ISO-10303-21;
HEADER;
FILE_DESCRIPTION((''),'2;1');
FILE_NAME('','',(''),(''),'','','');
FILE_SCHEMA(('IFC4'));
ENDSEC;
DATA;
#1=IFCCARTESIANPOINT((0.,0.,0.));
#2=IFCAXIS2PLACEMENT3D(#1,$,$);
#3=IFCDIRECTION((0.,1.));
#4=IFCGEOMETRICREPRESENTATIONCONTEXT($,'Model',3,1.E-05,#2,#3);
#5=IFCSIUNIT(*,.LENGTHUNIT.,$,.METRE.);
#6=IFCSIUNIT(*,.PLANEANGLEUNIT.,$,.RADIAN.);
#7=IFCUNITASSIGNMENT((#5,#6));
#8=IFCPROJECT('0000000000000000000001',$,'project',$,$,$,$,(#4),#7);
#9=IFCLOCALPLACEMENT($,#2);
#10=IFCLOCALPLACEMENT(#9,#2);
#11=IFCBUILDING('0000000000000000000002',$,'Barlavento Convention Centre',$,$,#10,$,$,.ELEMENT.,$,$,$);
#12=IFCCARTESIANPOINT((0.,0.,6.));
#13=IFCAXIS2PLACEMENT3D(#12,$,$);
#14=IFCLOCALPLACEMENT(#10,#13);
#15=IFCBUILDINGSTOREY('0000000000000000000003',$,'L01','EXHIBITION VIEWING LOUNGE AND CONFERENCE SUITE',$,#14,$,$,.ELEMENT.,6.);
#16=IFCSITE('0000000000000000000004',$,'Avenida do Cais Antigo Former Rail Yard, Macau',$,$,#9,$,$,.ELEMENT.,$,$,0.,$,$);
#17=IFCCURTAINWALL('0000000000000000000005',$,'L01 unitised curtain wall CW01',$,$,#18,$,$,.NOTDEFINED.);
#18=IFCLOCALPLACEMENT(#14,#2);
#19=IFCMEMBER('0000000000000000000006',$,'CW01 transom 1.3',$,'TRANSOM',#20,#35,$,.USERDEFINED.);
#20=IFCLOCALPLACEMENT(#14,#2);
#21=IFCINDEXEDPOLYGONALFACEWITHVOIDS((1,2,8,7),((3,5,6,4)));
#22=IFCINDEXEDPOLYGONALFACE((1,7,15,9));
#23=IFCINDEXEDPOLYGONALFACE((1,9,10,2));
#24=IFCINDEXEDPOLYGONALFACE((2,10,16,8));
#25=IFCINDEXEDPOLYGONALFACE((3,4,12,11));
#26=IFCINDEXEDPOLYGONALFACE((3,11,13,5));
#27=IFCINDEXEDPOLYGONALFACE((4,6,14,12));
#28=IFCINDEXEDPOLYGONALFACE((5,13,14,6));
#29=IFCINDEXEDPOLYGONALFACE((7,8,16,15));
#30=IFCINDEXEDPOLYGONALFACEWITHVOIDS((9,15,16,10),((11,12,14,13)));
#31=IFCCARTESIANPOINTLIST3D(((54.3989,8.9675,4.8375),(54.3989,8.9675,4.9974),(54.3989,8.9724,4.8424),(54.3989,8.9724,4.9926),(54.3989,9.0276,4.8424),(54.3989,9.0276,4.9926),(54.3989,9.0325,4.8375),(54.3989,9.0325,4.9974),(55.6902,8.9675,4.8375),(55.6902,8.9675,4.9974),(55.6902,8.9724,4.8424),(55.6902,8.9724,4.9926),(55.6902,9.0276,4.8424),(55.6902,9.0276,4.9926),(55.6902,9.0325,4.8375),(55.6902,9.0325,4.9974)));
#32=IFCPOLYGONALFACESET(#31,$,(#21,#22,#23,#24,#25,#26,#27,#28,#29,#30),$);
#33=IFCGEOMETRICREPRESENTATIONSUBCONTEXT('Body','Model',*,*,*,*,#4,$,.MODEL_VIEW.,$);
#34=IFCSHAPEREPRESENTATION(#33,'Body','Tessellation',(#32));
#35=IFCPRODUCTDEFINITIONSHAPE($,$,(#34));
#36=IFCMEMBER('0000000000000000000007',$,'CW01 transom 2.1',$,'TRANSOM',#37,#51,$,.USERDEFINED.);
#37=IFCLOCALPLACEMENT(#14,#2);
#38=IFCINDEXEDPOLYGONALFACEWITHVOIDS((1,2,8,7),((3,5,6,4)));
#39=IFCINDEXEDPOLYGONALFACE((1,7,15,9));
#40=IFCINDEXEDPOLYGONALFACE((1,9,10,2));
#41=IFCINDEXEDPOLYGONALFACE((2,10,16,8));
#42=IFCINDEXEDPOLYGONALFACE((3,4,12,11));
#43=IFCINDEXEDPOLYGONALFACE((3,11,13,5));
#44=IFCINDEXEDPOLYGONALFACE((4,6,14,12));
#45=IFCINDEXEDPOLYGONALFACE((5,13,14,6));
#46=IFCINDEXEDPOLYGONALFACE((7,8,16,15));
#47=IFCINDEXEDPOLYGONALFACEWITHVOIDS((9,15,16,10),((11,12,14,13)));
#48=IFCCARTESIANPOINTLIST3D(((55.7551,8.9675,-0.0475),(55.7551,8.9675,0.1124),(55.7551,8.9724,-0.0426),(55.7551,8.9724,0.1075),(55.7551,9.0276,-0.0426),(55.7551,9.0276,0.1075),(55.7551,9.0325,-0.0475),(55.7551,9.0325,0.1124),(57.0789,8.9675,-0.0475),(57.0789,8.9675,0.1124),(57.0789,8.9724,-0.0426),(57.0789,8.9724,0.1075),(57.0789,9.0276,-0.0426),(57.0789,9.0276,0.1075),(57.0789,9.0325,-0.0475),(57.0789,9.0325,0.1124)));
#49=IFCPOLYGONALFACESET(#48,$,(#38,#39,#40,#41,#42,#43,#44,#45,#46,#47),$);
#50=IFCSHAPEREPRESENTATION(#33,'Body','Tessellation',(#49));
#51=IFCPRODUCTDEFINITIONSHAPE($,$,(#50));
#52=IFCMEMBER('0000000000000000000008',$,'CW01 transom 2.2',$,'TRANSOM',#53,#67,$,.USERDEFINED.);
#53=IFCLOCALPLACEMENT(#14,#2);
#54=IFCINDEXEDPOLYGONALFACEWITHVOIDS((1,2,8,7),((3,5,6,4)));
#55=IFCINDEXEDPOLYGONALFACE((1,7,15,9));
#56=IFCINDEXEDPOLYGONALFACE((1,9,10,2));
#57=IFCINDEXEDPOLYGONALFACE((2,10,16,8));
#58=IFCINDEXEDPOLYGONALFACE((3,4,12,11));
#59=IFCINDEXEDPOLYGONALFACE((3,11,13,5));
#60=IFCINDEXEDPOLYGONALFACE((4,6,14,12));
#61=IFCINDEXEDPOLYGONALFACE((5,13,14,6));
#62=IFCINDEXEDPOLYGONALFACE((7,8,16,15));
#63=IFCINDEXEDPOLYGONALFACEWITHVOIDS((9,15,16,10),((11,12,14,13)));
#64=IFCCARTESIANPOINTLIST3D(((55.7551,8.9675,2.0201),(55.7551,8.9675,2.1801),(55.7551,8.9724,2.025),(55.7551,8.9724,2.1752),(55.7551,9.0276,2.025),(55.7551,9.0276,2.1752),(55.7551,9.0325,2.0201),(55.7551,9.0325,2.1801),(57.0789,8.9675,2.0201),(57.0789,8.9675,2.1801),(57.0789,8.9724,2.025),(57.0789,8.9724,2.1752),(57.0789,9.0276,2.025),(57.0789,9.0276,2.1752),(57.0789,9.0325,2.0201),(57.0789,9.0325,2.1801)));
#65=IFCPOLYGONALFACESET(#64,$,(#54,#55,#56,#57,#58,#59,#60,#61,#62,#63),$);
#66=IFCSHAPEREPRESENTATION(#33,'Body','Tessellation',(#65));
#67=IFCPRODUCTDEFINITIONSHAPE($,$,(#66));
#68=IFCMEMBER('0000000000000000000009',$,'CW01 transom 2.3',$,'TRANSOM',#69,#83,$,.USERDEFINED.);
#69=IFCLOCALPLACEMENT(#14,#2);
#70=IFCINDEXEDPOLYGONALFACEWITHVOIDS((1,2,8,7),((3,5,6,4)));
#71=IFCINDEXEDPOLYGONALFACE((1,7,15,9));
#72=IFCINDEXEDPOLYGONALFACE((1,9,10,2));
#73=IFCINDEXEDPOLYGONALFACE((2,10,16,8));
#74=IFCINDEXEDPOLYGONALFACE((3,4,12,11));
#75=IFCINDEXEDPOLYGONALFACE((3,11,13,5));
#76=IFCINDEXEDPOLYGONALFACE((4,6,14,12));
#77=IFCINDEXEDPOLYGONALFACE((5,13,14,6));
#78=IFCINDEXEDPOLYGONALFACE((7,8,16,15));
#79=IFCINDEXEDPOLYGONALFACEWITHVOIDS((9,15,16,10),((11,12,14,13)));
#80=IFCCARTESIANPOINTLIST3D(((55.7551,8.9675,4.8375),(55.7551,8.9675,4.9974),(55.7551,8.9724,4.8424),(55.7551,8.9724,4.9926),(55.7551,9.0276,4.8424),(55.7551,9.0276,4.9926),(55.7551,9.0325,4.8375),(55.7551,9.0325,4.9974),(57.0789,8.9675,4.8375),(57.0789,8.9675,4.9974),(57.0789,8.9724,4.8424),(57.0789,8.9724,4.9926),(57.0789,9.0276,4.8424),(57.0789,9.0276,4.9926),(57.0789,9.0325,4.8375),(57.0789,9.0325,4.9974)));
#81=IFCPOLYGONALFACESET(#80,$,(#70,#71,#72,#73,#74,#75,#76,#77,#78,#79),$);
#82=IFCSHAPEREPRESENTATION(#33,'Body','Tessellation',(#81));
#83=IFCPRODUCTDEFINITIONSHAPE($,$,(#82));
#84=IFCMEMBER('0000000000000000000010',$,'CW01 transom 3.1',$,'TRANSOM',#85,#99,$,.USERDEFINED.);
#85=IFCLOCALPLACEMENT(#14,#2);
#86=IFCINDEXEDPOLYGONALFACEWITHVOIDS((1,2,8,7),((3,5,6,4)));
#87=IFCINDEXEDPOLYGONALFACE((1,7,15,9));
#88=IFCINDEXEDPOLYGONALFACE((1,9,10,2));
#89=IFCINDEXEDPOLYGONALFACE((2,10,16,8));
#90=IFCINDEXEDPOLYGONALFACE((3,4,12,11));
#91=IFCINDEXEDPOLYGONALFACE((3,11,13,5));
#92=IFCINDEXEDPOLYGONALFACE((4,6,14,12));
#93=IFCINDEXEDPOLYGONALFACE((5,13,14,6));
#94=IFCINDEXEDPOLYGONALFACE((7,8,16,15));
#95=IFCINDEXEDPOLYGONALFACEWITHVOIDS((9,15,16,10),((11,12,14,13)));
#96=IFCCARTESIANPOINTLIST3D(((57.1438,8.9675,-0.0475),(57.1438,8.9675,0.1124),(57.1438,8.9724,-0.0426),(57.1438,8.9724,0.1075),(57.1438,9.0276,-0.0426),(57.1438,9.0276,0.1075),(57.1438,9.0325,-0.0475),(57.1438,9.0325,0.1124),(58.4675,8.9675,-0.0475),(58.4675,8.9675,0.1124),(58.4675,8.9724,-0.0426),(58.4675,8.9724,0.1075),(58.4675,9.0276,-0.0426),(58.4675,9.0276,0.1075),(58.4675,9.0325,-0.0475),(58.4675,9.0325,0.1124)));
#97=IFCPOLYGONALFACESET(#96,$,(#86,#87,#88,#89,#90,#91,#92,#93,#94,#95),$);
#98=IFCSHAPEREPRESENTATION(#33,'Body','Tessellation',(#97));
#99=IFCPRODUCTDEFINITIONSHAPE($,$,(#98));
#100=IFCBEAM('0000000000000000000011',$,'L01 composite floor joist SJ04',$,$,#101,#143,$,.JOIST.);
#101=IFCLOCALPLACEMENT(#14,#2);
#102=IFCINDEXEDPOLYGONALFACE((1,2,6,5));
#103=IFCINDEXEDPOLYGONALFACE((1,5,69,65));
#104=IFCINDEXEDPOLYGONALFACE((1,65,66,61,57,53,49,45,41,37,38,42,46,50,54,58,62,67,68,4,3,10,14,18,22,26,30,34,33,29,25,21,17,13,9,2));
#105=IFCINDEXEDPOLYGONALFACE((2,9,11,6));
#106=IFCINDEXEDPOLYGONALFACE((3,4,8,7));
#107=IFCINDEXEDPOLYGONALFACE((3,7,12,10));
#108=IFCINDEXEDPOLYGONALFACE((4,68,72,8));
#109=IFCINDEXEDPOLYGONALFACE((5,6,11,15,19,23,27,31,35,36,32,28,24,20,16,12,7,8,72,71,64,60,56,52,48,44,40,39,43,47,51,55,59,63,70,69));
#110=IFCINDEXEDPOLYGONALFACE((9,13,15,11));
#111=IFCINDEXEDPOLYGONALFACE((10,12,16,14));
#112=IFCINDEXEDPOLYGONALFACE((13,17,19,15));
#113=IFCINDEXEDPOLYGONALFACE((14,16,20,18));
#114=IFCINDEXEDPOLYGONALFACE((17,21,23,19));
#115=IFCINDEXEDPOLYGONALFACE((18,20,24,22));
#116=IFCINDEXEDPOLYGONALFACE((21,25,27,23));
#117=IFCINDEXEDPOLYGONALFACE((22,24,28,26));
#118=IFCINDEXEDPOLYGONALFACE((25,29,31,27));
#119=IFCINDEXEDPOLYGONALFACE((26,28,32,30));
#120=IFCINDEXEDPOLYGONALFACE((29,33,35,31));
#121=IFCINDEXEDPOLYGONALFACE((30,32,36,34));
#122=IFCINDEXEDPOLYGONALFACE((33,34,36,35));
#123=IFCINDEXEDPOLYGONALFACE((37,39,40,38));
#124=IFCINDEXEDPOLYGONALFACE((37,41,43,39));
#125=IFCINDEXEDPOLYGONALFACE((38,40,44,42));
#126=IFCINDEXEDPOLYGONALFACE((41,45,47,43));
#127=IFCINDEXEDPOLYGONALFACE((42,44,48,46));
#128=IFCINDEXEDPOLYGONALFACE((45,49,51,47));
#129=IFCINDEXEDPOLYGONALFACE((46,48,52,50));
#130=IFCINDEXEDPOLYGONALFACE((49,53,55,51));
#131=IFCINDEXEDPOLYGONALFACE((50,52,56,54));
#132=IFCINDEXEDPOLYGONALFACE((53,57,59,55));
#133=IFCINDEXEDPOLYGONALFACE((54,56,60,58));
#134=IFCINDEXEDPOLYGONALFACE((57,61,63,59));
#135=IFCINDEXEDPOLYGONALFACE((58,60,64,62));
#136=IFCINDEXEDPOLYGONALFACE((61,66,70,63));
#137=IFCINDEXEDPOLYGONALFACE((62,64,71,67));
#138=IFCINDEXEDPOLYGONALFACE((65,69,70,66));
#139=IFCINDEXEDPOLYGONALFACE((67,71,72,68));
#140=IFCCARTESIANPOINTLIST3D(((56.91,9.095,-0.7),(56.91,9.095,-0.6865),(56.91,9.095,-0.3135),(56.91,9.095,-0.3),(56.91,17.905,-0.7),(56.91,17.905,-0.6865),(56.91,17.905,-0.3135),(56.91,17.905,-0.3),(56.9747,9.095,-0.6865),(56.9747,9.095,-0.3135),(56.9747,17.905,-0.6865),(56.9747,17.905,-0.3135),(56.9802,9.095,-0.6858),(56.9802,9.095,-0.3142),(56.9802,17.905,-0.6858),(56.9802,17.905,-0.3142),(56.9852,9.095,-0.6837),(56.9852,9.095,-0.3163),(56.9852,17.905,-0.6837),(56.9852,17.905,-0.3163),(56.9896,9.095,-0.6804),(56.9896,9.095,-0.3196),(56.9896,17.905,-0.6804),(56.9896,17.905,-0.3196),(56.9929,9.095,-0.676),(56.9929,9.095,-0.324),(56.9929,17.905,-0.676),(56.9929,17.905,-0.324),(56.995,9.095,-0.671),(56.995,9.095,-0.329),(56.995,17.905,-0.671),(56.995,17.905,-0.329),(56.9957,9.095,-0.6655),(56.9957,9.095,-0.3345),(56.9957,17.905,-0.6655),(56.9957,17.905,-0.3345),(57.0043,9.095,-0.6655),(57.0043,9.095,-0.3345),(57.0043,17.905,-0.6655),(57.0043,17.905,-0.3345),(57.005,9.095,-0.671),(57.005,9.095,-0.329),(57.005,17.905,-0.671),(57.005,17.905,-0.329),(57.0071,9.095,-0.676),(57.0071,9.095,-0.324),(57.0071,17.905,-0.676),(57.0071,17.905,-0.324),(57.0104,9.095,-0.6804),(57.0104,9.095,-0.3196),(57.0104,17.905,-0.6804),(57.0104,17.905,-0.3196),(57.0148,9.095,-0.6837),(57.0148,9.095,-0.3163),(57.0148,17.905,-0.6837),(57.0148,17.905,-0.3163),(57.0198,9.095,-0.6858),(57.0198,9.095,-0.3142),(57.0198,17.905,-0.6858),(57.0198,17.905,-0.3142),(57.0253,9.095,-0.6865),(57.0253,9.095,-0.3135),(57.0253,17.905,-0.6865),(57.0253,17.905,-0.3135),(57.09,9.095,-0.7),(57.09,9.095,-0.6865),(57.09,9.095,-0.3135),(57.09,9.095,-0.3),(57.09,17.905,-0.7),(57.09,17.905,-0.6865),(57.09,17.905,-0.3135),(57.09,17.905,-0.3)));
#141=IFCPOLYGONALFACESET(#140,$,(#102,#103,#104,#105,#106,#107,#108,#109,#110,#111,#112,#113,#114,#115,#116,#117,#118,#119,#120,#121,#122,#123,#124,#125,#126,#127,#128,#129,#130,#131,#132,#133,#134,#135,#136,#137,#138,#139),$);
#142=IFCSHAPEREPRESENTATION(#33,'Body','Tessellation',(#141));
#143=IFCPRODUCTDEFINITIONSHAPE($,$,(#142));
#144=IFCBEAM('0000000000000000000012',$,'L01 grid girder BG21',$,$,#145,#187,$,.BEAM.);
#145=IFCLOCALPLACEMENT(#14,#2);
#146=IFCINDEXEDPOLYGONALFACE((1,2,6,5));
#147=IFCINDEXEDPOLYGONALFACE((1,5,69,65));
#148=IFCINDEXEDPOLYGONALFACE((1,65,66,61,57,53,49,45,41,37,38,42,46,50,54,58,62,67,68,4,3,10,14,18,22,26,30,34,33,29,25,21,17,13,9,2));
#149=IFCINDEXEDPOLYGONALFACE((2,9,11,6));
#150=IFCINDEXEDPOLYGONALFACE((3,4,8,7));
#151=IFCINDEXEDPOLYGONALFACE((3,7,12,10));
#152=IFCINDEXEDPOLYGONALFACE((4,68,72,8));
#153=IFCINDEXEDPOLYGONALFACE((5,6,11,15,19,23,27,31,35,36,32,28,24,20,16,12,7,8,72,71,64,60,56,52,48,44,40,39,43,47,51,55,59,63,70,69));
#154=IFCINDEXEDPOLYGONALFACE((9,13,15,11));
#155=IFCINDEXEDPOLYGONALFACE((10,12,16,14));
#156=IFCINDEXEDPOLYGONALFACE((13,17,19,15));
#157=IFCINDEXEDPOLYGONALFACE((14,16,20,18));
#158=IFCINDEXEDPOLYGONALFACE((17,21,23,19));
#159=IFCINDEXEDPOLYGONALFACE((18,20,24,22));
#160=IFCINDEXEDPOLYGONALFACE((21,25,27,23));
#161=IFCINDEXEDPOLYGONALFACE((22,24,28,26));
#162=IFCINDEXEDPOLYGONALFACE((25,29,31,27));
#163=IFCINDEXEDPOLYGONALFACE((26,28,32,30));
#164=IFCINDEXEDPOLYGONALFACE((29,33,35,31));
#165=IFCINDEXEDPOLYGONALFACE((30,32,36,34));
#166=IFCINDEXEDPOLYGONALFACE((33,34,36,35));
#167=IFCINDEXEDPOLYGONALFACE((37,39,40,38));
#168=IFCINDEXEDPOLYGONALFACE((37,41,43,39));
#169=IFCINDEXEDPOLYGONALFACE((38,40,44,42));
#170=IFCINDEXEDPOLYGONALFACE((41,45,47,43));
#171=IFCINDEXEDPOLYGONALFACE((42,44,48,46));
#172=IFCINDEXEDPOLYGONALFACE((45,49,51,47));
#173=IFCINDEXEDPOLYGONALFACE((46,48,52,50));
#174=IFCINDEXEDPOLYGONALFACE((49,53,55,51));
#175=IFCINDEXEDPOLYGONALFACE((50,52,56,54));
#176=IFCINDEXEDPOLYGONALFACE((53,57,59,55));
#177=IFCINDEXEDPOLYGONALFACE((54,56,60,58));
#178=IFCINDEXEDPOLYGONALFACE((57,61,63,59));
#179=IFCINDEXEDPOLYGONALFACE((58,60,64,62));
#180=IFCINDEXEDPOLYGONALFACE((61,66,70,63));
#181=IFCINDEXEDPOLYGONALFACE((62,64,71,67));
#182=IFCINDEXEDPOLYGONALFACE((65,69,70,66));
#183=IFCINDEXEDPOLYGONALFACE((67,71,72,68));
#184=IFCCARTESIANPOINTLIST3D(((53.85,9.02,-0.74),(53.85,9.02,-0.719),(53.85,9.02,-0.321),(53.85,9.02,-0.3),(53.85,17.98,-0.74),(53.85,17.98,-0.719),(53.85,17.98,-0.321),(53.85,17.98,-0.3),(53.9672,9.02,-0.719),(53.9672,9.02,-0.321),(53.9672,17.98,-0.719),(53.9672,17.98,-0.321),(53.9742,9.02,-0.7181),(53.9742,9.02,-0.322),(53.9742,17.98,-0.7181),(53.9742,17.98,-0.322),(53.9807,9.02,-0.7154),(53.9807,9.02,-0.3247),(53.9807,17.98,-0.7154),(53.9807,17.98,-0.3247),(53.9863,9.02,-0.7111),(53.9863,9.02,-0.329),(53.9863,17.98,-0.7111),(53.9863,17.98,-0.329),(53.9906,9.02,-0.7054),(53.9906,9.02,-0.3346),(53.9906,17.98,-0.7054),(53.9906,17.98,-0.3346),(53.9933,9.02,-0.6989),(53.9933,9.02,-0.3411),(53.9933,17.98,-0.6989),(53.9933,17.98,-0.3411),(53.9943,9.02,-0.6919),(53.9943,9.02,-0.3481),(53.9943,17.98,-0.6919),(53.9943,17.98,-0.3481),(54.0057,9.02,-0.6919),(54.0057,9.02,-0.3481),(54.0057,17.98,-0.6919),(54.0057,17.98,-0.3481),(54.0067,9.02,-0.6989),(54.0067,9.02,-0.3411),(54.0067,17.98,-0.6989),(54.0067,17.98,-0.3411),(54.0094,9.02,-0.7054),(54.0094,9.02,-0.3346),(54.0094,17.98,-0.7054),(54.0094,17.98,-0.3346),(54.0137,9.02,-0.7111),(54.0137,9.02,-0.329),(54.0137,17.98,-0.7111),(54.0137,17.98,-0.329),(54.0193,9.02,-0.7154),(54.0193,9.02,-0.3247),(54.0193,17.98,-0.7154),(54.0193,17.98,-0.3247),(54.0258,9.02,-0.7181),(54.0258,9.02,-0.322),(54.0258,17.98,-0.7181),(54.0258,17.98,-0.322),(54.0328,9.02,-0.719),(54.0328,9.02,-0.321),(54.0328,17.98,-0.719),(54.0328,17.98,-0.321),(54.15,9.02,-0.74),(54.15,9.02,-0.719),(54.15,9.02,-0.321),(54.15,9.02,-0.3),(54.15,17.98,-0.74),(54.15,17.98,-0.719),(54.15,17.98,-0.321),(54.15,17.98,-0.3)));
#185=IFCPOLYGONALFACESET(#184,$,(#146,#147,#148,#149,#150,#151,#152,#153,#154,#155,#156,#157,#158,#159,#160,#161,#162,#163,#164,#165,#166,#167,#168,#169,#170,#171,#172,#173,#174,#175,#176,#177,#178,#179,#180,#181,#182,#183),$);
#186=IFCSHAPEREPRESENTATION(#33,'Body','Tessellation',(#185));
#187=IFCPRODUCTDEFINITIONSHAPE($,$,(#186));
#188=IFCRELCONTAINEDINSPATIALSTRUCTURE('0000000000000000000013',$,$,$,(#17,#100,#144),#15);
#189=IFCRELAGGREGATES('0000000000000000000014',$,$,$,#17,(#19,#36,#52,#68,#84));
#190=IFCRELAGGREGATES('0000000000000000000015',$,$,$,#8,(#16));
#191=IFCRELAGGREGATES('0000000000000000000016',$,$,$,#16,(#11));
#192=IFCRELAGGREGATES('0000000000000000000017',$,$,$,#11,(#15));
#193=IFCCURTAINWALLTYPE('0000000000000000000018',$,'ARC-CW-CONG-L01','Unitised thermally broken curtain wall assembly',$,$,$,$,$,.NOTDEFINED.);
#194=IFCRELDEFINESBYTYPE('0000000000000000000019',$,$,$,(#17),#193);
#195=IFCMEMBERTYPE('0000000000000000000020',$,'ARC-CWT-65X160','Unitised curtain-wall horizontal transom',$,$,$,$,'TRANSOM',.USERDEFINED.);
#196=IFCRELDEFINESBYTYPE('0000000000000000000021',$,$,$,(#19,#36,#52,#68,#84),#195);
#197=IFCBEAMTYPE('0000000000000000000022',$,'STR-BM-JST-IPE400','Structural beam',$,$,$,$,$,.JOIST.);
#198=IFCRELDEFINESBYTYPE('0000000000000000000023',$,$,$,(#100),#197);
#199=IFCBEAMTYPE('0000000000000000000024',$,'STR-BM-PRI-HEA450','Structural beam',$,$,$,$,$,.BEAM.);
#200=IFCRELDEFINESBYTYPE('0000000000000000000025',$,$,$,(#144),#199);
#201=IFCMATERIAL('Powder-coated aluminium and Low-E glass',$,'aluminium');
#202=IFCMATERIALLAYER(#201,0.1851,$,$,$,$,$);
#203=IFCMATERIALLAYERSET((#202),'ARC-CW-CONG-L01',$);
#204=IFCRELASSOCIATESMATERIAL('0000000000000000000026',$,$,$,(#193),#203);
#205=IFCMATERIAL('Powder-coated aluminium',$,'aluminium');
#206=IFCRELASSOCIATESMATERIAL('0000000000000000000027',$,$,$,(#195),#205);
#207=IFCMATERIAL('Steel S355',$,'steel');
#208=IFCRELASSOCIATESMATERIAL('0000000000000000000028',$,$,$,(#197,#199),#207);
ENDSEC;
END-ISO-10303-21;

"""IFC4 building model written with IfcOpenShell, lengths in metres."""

from ifc_helpers import new_model, si_unit, direction, frame, origin, origin_2d, place, context, subcontext, project, spatial, hollow_rectangle, i_section, extrude, material, layer, layer_set, material_profile, profile_set, type_object, element, aggregate, save


model = new_model("IFC4")

# Units and contexts
model_context = context("Model", 3, precision=1e-05, world=origin(), true_north=direction((0.0, 1.0)))
body_context = subcontext(model_context, "Body", "Model", "MODEL_VIEW")
ifc_project = project(units=[si_unit("LENGTHUNIT", "METRE"), si_unit("PLANEANGLEUNIT", "RADIAN")], contexts=[model_context])

# Site, building, storey
site_placement = place(None, origin())
site = spatial("IfcSite", under=ifc_project, at=site_placement, Name="Avenida do Cais Antigo Former Rail Yard, Macau", CompositionType="ELEMENT", RefElevation=0.0)
building_placement = place(site_placement, origin())
building = spatial("IfcBuilding", under=site, at=building_placement, Name="Barlavento Convention Centre", CompositionType="ELEMENT")
storey_placement = place(building_placement, frame((0.0, 0.0, 6.0)))
storey = spatial("IfcBuildingStorey", under=building, at=storey_placement, Name="L01", Description="EXHIBITION VIEWING LOUNGE AND CONFERENCE SUITE", CompositionType="ELEMENT", Elevation=6.0)

# Shared definitions
ifc_material_1 = material(Name="Powder-coated aluminium and Low-E glass", Category="aluminium")
ifc_layer_1 = layer(ifc_material_1, 0.1851)
ifc_layer_set_1 = layer_set([ifc_layer_1], Name="ARC-CW-CONG-L01")
curtain_wall_type = type_object("IfcCurtainWallType", Name="ARC-CW-CONG-L01", Description="Unitised thermally broken curtain wall assembly", PredefinedType="NOTDEFINED", material=ifc_layer_set_1)
ifc_material_2 = material(Name="Powder-coated aluminium", Category="aluminium")

# Curtain wall, members
curtain_wall_1_placement = place(storey_placement, origin())
curtain_wall_1 = element("IfcCurtainWall", 1, at=curtain_wall_1_placement, inside=storey, type_object=curtain_wall_type, Name="L01 unitised curtain wall CW01", PredefinedType="NOTDEFINED")
ifc_material_profile_1 = material_profile(ifc_material_2, hollow_rectangle(XDim=0.0649, YDim=0.1599, WallThickness=0.0049, at=origin_2d()), Name="AL-TRAN 65x160x5")
ifc_profile_set_1 = profile_set([ifc_material_profile_1], Name="Powder-coated aluminium")
member_type_1 = type_object("IfcMemberType", Name="ARC-CWT-65X160", Description="Unitised curtain-wall horizontal transom", ElementType="TRANSOM", PredefinedType="USERDEFINED", material=ifc_profile_set_1)
member_1_placement = place(storey_placement, frame((54.3989, 9.0, 4.9175), z_axis=(1.0, 0.0, 0.0), x_axis=(0.0, 1.0, 0.0)))
member_1 = element("IfcMember", 2, at=member_1_placement, type_object=member_type_1, Name="CW01 transom 1.3", ObjectType="TRANSOM", PredefinedType="USERDEFINED", context=body_context, shape_type="SweptSolid", body=[
    extrude(hollow_rectangle(XDim=0.0649, YDim=0.1599, WallThickness=0.0049, at=origin_2d()), origin(), (0.0, 0.0, 1.0), 1.2913),
])
member_2_placement = place(storey_placement, frame((55.7551, 9.0, 0.0325), z_axis=(1.0, 0.0, 0.0), x_axis=(0.0, 1.0, 0.0)))
member_2 = element("IfcMember", 3, at=member_2_placement, type_object=member_type_1, Name="CW01 transom 2.1", ObjectType="TRANSOM", PredefinedType="USERDEFINED", context=body_context, shape_type="SweptSolid", body=[
    extrude(hollow_rectangle(XDim=0.0649, YDim=0.1599, WallThickness=0.0049, at=origin_2d()), origin(), (0.0, 0.0, 1.0), 1.3237),
])
member_3_placement = place(storey_placement, frame((55.7551, 9.0, 2.1001), z_axis=(1.0, 0.0, 0.0), x_axis=(0.0, 1.0, 0.0)))
member_3 = element("IfcMember", 4, at=member_3_placement, type_object=member_type_1, Name="CW01 transom 2.2", ObjectType="TRANSOM", PredefinedType="USERDEFINED", context=body_context, shape_type="SweptSolid", body=[
    extrude(hollow_rectangle(XDim=0.0649, YDim=0.1599, WallThickness=0.0049, at=origin_2d()), origin(), (0.0, 0.0, 1.0), 1.3237),
])
member_4_placement = place(storey_placement, frame((55.7551, 9.0, 4.9175), z_axis=(1.0, 0.0, 0.0), x_axis=(0.0, 1.0, 0.0)))
member_4 = element("IfcMember", 5, at=member_4_placement, type_object=member_type_1, Name="CW01 transom 2.3", ObjectType="TRANSOM", PredefinedType="USERDEFINED", context=body_context, shape_type="SweptSolid", body=[
    extrude(hollow_rectangle(XDim=0.0649, YDim=0.1599, WallThickness=0.0049, at=origin_2d()), origin(), (0.0, 0.0, 1.0), 1.3237),
])
member_5_placement = place(storey_placement, frame((57.1438, 9.0, 0.0325), z_axis=(1.0, 0.0, 0.0), x_axis=(0.0, 1.0, 0.0)))
member_5 = element("IfcMember", 6, at=member_5_placement, type_object=member_type_1, Name="CW01 transom 3.1", ObjectType="TRANSOM", PredefinedType="USERDEFINED", context=body_context, shape_type="SweptSolid", body=[
    extrude(hollow_rectangle(XDim=0.0649, YDim=0.1599, WallThickness=0.0049, at=origin_2d()), origin(), (0.0, 0.0, 1.0), 1.3237),
])

# Beams
ifc_material_3 = material(Name="Steel S355", Category="steel")
ifc_material_profile_2 = material_profile(ifc_material_3, i_section(OverallWidth=0.1799, OverallDepth=0.3999, WebThickness=0.0085, FlangeThickness=0.0134, FilletRadius=0.021, at=origin_2d()), Name="IPE 400")
ifc_profile_set_2 = profile_set([ifc_material_profile_2], Name="Steel S355")
beam_type_1 = type_object("IfcBeamType", Name="STR-BM-JST-IPE400", Description="Structural beam", PredefinedType="JOIST", material=ifc_profile_set_2)
beam_1_placement = place(storey_placement, frame((57.0, 9.095, -0.5), z_axis=(0.0, 1.0, 0.0), x_axis=(-1.0, 0.0, 0.0)))
element("IfcBeam", 7, at=beam_1_placement, inside=storey, type_object=beam_type_1, Name="L01 composite floor joist SJ04", PredefinedType="JOIST", context=body_context, shape_type="SweptSolid", body=[
    extrude(i_section(OverallWidth=0.1799, OverallDepth=0.3999, WebThickness=0.0085, FlangeThickness=0.0134, FilletRadius=0.021, at=origin_2d()), origin(), (0.0, 0.0, 1.0), 8.8101),
])
ifc_material_profile_3 = material_profile(ifc_material_3, i_section(OverallWidth=0.3, OverallDepth=0.4399, WebThickness=0.0115, FlangeThickness=0.021, FilletRadius=0.0271, at=origin_2d()), Name="HEA 450")
ifc_profile_set_3 = profile_set([ifc_material_profile_3], Name="Steel S355")
beam_type_2 = type_object("IfcBeamType", Name="STR-BM-PRI-HEA450", Description="Structural beam", PredefinedType="BEAM", material=ifc_profile_set_3)
beam_2_placement = place(storey_placement, frame((54.0, 9.02, -0.52), z_axis=(0.0, 1.0, 0.0), x_axis=(-1.0, 0.0, 0.0)))
element("IfcBeam", 8, at=beam_2_placement, inside=storey, type_object=beam_type_2, Name="L01 grid girder BG21", PredefinedType="BEAM", context=body_context, shape_type="SweptSolid", body=[
    extrude(i_section(OverallWidth=0.3, OverallDepth=0.4399, WebThickness=0.0115, FlangeThickness=0.021, FilletRadius=0.0271, at=origin_2d()), origin(), (0.0, 0.0, 1.0), 8.96),
])

aggregate(curtain_wall_1, [member_1, member_2, member_3, member_4, member_5])

save(model, "model.ifc")
